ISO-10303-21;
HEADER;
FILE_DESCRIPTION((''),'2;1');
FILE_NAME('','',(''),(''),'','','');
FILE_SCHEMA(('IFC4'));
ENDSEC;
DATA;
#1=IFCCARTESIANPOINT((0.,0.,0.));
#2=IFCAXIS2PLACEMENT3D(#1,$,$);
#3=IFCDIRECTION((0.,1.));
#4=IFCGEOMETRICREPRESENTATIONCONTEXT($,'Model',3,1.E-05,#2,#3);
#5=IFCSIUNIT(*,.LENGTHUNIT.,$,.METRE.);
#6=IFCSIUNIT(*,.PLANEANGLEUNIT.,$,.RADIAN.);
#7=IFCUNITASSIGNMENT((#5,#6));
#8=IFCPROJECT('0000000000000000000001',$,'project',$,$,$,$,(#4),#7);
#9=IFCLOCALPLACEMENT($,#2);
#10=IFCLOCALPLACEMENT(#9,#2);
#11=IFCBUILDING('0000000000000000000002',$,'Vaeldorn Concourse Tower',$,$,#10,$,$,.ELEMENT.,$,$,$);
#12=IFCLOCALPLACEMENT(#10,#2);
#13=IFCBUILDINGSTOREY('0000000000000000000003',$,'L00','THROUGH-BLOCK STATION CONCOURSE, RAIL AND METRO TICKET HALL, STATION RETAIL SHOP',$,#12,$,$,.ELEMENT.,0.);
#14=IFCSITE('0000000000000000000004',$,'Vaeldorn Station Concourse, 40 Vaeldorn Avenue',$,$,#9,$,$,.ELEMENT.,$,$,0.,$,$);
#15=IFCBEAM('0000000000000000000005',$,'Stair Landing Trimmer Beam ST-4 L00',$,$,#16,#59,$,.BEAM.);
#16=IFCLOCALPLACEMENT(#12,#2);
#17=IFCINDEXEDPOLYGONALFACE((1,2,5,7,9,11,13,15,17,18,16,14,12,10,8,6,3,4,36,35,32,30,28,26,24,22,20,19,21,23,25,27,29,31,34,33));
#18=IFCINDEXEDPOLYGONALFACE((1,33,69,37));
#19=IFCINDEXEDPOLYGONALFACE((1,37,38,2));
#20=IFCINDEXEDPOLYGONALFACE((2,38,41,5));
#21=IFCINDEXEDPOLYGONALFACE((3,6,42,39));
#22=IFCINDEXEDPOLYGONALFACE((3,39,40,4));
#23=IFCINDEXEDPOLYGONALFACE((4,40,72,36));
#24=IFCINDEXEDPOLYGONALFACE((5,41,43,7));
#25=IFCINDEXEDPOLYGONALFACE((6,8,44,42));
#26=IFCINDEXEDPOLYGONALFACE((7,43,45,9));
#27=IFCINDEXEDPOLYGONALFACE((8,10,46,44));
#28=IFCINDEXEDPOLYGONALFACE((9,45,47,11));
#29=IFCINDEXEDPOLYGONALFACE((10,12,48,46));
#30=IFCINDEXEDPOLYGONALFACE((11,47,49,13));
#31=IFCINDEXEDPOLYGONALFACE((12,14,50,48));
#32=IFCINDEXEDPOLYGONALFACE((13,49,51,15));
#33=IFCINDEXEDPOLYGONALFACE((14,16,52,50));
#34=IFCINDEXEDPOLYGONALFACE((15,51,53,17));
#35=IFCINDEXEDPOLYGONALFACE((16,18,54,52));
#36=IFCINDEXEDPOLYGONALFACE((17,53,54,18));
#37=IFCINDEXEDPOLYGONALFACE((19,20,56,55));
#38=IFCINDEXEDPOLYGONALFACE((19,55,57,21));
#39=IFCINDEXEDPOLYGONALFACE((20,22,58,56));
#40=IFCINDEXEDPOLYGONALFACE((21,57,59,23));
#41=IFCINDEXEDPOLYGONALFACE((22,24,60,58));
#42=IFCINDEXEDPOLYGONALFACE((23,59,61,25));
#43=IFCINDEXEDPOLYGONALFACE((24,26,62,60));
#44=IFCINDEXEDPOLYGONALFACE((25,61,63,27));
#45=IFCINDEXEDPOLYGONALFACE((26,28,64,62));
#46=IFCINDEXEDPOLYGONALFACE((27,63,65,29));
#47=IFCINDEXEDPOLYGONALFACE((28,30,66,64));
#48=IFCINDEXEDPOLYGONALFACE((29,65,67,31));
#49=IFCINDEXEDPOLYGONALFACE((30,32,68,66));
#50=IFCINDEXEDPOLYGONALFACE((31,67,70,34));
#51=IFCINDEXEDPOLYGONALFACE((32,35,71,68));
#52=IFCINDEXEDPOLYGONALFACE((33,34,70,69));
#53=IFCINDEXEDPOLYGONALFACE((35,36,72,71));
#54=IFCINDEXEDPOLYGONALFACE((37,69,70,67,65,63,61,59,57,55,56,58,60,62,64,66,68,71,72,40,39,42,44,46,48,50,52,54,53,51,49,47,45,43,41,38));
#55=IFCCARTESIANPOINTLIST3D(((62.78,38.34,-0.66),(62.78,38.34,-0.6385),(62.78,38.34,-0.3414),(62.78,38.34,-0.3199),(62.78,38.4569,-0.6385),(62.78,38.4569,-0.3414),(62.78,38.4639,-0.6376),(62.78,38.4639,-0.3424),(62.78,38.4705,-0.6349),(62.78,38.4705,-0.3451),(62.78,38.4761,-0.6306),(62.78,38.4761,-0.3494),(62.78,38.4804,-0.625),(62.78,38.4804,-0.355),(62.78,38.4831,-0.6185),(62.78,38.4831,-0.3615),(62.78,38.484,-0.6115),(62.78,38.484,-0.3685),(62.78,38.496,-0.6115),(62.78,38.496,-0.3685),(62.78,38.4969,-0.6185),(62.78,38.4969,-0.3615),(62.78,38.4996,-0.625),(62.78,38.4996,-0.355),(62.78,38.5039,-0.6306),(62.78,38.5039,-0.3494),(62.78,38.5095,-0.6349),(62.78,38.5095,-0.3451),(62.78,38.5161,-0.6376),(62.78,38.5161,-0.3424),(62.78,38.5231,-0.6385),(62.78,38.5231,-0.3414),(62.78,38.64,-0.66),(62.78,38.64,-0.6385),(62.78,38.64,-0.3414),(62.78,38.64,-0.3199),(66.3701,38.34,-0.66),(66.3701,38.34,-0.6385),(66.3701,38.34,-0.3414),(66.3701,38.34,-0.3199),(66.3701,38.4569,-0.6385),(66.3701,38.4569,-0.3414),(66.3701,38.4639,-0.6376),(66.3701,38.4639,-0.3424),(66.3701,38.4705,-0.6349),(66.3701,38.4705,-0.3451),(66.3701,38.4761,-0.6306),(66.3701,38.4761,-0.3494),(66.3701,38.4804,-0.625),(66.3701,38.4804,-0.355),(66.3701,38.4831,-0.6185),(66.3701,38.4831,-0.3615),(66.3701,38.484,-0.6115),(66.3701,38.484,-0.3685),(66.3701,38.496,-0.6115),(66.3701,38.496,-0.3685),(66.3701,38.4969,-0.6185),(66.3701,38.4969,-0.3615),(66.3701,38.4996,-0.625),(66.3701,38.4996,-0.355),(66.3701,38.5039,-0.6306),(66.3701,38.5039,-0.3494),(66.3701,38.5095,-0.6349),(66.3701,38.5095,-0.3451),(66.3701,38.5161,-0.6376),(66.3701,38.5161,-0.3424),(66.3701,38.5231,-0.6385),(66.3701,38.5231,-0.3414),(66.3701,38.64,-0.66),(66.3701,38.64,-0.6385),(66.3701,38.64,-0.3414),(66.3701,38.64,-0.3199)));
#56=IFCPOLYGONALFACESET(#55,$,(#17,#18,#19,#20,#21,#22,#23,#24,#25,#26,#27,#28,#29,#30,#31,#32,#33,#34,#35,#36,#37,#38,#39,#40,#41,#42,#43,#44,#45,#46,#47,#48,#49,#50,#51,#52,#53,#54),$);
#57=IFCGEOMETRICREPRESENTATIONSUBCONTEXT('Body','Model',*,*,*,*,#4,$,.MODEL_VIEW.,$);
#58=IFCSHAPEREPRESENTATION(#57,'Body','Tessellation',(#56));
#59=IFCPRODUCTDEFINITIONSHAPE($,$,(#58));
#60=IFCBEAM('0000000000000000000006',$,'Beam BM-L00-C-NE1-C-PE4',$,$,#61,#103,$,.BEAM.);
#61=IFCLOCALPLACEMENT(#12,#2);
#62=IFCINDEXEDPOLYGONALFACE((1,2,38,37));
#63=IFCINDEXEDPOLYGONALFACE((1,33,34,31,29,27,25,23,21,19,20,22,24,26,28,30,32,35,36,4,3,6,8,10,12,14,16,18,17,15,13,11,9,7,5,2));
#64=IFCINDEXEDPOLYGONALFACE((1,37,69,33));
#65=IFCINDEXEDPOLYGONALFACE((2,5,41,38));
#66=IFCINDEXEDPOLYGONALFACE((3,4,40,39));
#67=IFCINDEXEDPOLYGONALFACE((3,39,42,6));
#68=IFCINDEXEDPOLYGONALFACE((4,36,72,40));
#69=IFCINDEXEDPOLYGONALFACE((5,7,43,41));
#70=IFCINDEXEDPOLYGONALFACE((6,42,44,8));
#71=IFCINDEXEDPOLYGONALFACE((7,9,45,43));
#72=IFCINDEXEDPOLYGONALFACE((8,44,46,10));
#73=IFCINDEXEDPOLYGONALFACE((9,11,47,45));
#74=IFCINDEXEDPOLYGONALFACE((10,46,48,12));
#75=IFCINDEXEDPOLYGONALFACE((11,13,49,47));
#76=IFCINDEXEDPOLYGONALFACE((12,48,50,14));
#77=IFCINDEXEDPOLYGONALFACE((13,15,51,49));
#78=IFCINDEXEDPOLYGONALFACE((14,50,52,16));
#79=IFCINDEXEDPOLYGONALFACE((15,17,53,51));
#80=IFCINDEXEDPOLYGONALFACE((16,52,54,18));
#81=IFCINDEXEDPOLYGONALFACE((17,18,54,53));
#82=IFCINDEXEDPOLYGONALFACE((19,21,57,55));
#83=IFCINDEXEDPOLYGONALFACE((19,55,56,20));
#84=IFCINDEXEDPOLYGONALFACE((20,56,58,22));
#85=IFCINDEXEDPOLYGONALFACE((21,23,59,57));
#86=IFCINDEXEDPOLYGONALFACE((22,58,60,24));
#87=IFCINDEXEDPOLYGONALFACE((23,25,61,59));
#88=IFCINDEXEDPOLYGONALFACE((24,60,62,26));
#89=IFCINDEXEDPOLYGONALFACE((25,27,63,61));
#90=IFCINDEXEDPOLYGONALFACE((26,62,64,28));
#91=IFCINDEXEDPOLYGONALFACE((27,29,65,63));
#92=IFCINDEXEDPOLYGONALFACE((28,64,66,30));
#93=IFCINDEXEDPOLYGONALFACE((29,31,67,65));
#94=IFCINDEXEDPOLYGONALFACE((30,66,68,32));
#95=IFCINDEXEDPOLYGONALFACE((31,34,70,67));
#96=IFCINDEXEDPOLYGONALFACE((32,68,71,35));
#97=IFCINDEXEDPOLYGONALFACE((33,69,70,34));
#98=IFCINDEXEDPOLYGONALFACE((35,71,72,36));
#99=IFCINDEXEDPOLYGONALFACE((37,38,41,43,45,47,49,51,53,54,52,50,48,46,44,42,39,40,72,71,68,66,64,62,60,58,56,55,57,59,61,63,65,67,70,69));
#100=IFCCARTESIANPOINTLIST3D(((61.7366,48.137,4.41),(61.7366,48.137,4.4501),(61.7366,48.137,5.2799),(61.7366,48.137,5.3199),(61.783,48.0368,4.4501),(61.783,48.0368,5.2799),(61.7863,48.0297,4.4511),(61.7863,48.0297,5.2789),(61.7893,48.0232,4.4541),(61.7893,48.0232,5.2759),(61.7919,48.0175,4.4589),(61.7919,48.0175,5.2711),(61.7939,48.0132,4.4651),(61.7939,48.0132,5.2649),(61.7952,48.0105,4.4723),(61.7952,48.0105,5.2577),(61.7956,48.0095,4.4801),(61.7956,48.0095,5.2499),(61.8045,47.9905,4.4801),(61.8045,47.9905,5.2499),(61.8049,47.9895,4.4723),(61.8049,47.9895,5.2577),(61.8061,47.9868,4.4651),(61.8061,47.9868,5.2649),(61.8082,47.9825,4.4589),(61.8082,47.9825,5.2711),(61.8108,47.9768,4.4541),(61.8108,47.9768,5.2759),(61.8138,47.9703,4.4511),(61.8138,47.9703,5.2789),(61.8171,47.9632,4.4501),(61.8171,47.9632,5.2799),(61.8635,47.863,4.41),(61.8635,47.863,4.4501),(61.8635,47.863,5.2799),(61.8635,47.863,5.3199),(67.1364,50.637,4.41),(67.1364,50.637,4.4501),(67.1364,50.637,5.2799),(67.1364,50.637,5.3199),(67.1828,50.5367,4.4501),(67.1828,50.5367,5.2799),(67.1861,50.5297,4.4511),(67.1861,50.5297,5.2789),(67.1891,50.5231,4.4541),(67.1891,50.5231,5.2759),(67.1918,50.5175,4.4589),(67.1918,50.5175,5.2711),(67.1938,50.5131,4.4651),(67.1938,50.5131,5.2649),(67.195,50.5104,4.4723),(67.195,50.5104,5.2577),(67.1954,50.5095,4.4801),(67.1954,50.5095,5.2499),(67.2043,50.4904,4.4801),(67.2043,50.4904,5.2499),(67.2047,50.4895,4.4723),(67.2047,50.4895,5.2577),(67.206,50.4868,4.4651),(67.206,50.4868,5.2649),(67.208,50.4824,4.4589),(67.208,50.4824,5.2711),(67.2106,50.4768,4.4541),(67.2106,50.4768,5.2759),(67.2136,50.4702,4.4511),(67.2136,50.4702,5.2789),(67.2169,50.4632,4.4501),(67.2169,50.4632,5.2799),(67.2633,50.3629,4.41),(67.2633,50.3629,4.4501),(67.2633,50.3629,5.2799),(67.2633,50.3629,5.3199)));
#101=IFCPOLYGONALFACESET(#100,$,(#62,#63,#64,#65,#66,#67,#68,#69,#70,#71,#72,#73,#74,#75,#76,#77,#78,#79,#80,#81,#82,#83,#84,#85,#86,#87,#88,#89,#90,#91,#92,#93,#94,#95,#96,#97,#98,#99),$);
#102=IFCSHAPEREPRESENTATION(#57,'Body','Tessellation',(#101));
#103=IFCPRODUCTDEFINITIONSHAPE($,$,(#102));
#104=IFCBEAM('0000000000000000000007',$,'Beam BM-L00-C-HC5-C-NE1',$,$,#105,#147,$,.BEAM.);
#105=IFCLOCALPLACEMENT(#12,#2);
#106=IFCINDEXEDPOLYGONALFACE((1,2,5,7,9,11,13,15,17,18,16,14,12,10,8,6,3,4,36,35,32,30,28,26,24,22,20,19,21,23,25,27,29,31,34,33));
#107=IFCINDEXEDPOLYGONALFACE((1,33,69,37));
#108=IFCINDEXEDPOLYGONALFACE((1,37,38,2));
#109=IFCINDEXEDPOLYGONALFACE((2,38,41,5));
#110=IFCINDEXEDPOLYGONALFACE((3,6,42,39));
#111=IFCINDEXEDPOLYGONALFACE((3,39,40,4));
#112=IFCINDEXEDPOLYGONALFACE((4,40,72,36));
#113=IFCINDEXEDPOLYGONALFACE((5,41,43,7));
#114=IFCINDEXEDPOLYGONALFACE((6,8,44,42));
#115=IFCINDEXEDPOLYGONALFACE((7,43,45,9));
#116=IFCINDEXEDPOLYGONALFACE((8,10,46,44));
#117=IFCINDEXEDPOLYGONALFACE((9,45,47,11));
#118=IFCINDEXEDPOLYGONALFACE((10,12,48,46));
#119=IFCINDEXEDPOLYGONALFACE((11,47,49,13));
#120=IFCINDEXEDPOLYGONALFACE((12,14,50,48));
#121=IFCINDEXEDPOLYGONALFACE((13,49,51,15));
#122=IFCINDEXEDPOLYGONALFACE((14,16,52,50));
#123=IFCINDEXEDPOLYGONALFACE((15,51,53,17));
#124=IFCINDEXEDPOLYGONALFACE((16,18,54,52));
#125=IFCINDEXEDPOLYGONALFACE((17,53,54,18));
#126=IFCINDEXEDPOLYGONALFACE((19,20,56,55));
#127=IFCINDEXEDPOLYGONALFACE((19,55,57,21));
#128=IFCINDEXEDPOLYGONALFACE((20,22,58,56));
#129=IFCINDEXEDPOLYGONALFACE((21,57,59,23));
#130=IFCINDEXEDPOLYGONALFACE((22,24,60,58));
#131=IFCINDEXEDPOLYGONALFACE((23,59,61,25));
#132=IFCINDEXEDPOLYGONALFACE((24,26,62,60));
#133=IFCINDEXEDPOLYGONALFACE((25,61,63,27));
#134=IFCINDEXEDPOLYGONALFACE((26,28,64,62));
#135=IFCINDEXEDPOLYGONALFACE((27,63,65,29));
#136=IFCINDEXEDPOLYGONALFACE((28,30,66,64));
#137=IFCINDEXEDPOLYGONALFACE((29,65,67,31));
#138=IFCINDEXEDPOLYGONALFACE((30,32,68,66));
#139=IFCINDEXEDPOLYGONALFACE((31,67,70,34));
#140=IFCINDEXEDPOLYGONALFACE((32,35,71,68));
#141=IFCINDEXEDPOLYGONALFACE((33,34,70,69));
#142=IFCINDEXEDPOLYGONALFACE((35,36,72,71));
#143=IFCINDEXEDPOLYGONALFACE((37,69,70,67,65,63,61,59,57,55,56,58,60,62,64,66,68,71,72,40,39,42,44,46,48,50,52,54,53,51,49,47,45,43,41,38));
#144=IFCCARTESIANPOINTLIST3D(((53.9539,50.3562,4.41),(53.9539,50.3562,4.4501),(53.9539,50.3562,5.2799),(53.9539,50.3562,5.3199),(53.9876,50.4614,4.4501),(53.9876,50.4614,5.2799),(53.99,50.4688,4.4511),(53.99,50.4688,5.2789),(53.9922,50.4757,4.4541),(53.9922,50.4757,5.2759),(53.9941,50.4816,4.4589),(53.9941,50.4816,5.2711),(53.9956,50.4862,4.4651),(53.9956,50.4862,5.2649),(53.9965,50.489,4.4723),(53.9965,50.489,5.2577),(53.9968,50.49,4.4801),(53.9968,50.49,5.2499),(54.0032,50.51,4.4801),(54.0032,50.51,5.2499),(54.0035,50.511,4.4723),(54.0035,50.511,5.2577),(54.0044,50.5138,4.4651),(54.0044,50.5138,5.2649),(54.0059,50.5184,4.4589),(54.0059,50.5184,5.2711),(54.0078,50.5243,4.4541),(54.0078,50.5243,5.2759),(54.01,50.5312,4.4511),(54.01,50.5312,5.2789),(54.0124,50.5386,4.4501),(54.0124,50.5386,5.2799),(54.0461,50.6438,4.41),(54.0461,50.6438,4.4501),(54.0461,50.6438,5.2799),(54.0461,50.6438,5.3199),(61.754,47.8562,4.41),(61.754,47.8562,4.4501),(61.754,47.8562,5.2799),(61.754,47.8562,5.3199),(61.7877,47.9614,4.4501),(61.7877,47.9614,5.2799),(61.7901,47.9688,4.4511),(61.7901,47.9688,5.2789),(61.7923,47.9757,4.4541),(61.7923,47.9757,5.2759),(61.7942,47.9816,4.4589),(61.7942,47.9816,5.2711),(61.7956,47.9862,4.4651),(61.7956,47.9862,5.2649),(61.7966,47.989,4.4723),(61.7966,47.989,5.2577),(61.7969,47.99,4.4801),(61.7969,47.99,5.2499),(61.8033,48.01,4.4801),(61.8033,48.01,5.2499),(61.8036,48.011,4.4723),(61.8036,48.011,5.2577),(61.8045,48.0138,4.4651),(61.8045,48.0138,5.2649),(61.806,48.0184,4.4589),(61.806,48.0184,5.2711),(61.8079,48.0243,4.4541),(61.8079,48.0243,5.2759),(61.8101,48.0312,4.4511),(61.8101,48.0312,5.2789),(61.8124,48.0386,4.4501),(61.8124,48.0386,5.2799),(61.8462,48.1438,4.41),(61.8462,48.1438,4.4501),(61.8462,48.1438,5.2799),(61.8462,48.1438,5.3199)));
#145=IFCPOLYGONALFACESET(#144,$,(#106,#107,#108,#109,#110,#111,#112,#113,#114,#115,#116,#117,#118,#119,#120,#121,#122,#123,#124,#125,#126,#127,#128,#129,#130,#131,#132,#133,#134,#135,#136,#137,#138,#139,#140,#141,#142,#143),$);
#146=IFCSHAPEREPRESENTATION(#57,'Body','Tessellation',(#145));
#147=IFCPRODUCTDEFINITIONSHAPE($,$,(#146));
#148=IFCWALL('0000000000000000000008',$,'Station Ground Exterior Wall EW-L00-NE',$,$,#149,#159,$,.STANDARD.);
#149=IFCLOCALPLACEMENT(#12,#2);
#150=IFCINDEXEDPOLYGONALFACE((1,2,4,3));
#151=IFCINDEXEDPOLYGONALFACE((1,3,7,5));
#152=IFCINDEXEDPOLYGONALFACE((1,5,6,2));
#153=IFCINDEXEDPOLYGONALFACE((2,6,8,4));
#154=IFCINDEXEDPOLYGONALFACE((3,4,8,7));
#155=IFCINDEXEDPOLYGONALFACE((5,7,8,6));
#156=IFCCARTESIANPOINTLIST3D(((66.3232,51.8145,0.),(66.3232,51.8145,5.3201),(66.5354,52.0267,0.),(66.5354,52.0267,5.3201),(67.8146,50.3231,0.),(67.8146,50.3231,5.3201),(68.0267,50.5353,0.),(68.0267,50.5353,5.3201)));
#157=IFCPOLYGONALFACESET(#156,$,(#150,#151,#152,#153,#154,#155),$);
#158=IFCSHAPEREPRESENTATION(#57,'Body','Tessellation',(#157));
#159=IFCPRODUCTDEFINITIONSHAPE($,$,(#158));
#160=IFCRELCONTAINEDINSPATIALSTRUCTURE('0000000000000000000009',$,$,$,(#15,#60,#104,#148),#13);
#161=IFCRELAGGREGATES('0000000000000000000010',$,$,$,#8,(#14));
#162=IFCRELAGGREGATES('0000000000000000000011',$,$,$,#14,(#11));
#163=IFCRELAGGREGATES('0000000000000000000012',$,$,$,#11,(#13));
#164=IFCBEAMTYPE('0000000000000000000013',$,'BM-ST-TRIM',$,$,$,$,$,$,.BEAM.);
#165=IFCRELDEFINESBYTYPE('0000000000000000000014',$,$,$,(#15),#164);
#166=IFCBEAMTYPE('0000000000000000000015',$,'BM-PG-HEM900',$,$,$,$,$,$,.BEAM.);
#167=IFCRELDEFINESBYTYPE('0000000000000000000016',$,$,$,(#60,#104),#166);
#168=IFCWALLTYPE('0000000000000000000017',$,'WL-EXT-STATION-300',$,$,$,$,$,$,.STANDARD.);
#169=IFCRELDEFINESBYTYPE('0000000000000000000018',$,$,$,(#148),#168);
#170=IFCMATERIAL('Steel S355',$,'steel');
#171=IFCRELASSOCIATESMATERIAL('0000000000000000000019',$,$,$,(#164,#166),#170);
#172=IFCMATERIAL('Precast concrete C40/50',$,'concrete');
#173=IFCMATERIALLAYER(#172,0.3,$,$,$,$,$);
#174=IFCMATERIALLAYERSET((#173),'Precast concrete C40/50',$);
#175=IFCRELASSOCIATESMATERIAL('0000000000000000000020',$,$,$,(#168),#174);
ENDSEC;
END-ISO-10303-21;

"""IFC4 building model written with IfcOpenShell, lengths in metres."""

from ifc_helpers import new_model, si_unit, direction, frame, frame_2d, origin, origin_2d, place, context, subcontext, project, spatial, rectangle, i_section, extrude, source, transform, mapped, material, layer, layer_set, material_profile, profile_set, type_object, element, save


model = new_model("IFC4")

# Units and contexts
model_context = context("Model", 3, precision=1e-05, world=origin(), true_north=direction((0.0, 1.0)))
body_context = subcontext(model_context, "Body", "Model", "MODEL_VIEW")
ifc_project = project(units=[si_unit("LENGTHUNIT", "METRE"), si_unit("PLANEANGLEUNIT", "RADIAN")], contexts=[model_context])

# Site, building, storey
site_placement = place(None, origin())
site = spatial("IfcSite", under=ifc_project, at=site_placement, Name="Vaeldorn Station Concourse, 40 Vaeldorn Avenue", CompositionType="ELEMENT", RefElevation=0.0)
building_placement = place(site_placement, origin())
building = spatial("IfcBuilding", under=site, at=building_placement, Name="Vaeldorn Concourse Tower", CompositionType="ELEMENT")
storey_placement = place(building_placement, origin())
storey = spatial("IfcBuildingStorey", under=building, at=storey_placement, Name="L00", Description="THROUGH-BLOCK STATION CONCOURSE, RAIL AND METRO TICKET HALL, STATION RETAIL SHOP", CompositionType="ELEMENT", Elevation=0.0)

# Beams
ifc_material_1 = material(Name="Steel S355", Category="steel")
ifc_material_profile_1 = material_profile(ifc_material_1, i_section(OverallWidth=0.3, OverallDepth=0.3401, WebThickness=0.012, FlangeThickness=0.0215, FilletRadius=0.0271, at=origin_2d()), Name="HEB 340")
ifc_profile_set_1 = profile_set([ifc_material_profile_1], Name="Steel S355")
beam_type_1 = type_object("IfcBeamType", Name="BM-ST-TRIM", PredefinedType="BEAM", material=ifc_profile_set_1)
shared_shape_1 = source(origin(), body_context, "Body", "SweptSolid", [
    extrude(i_section(OverallWidth=0.3, OverallDepth=0.3401, WebThickness=0.012, FlangeThickness=0.0215, FilletRadius=0.0271, at=origin_2d()), origin(), (0.0, 0.0, 1.0), 3.5901),
])
beam_1_placement = place(storey_placement, frame((62.78, 38.49, -0.49), z_axis=(1.0, 0.0, 0.0), x_axis=(0.0, 1.0, 0.0)))
element("IfcBeam", 1, at=beam_1_placement, inside=storey, type_object=beam_type_1, Name="Stair Landing Trimmer Beam ST-4 L00", PredefinedType="BEAM", context=body_context, shape_type="MappedRepresentation", body=[
    mapped(shared_shape_1, transform((0.0, 0.0, 0.0), scale=1.0)),
])
ifc_material_profile_2 = material_profile(ifc_material_1, i_section(OverallWidth=0.302, OverallDepth=0.9099, WebThickness=0.021, FlangeThickness=0.04, FilletRadius=0.03, at=origin_2d()), Name="HEM 900")
ifc_profile_set_2 = profile_set([ifc_material_profile_2], Name="Steel S355")
beam_type_2 = type_object("IfcBeamType", Name="BM-PG-HEM900", PredefinedType="BEAM", material=ifc_profile_set_2)
shared_shape_2 = source(origin(), body_context, "Body", "SweptSolid", [
    extrude(i_section(OverallWidth=0.302, OverallDepth=0.9099, WebThickness=0.021, FlangeThickness=0.04, FilletRadius=0.03, at=origin_2d()), origin(), (0.0, 0.0, 1.0), 5.9504),
])
beam_2_placement = place(storey_placement, frame((61.8, 48.0, 4.865), z_axis=(0.907464, 0.42013, 0.0), x_axis=(-0.42013, 0.907464, 0.0)))
element("IfcBeam", 2, at=beam_2_placement, inside=storey, type_object=beam_type_2, Name="Beam BM-L00-C-NE1-C-PE4", PredefinedType="BEAM", context=body_context, shape_type="MappedRepresentation", body=[
    mapped(shared_shape_2, transform((0.0, 0.0, 0.0), scale=1.0)),
])
shared_shape_3 = source(origin(), body_context, "Body", "SweptSolid", [
    extrude(i_section(OverallWidth=0.302, OverallDepth=0.9099, WebThickness=0.021, FlangeThickness=0.04, FilletRadius=0.03, at=origin_2d()), origin(), (0.0, 0.0, 1.0), 8.1909),
])
beam_3_placement = place(storey_placement, frame((54.0, 50.5, 4.865), z_axis=(0.952283, -0.305217, 0.0), x_axis=(0.305217, 0.952283, 0.0)))
element("IfcBeam", 3, at=beam_3_placement, inside=storey, type_object=beam_type_2, Name="Beam BM-L00-C-HC5-C-NE1", PredefinedType="BEAM", context=body_context, shape_type="MappedRepresentation", body=[
    mapped(shared_shape_3, transform((0.0, 0.0, 0.0), scale=1.0)),
])

# Wall
ifc_material_2 = material(Name="Precast concrete C40/50", Category="concrete")
ifc_layer_1 = layer(ifc_material_2, 0.3)
ifc_layer_set_1 = layer_set([ifc_layer_1], Name="Precast concrete C40/50")
wall_type_1 = type_object("IfcWallType", Name="WL-EXT-STATION-300", PredefinedType="STANDARD", material=ifc_layer_set_1)
wall_1_placement = place(storey_placement, frame((66.4292, 51.9207, 0.0), z_axis=(0.0, 0.0, 1.0), x_axis=(0.707107, -0.707107, 0.0)))
element("IfcWall", 4, at=wall_1_placement, inside=storey, type_object=wall_type_1, Name="Station Ground Exterior Wall EW-L00-NE", PredefinedType="STANDARD", context=body_context, shape_type="SweptSolid", body=[
    extrude(rectangle(XDim=2.1091, YDim=0.3, at=frame_2d((1.0547, 0.0))), origin(), (0.0, 0.0, 1.0), 5.3201),
])

save(model, "model.ifc")
